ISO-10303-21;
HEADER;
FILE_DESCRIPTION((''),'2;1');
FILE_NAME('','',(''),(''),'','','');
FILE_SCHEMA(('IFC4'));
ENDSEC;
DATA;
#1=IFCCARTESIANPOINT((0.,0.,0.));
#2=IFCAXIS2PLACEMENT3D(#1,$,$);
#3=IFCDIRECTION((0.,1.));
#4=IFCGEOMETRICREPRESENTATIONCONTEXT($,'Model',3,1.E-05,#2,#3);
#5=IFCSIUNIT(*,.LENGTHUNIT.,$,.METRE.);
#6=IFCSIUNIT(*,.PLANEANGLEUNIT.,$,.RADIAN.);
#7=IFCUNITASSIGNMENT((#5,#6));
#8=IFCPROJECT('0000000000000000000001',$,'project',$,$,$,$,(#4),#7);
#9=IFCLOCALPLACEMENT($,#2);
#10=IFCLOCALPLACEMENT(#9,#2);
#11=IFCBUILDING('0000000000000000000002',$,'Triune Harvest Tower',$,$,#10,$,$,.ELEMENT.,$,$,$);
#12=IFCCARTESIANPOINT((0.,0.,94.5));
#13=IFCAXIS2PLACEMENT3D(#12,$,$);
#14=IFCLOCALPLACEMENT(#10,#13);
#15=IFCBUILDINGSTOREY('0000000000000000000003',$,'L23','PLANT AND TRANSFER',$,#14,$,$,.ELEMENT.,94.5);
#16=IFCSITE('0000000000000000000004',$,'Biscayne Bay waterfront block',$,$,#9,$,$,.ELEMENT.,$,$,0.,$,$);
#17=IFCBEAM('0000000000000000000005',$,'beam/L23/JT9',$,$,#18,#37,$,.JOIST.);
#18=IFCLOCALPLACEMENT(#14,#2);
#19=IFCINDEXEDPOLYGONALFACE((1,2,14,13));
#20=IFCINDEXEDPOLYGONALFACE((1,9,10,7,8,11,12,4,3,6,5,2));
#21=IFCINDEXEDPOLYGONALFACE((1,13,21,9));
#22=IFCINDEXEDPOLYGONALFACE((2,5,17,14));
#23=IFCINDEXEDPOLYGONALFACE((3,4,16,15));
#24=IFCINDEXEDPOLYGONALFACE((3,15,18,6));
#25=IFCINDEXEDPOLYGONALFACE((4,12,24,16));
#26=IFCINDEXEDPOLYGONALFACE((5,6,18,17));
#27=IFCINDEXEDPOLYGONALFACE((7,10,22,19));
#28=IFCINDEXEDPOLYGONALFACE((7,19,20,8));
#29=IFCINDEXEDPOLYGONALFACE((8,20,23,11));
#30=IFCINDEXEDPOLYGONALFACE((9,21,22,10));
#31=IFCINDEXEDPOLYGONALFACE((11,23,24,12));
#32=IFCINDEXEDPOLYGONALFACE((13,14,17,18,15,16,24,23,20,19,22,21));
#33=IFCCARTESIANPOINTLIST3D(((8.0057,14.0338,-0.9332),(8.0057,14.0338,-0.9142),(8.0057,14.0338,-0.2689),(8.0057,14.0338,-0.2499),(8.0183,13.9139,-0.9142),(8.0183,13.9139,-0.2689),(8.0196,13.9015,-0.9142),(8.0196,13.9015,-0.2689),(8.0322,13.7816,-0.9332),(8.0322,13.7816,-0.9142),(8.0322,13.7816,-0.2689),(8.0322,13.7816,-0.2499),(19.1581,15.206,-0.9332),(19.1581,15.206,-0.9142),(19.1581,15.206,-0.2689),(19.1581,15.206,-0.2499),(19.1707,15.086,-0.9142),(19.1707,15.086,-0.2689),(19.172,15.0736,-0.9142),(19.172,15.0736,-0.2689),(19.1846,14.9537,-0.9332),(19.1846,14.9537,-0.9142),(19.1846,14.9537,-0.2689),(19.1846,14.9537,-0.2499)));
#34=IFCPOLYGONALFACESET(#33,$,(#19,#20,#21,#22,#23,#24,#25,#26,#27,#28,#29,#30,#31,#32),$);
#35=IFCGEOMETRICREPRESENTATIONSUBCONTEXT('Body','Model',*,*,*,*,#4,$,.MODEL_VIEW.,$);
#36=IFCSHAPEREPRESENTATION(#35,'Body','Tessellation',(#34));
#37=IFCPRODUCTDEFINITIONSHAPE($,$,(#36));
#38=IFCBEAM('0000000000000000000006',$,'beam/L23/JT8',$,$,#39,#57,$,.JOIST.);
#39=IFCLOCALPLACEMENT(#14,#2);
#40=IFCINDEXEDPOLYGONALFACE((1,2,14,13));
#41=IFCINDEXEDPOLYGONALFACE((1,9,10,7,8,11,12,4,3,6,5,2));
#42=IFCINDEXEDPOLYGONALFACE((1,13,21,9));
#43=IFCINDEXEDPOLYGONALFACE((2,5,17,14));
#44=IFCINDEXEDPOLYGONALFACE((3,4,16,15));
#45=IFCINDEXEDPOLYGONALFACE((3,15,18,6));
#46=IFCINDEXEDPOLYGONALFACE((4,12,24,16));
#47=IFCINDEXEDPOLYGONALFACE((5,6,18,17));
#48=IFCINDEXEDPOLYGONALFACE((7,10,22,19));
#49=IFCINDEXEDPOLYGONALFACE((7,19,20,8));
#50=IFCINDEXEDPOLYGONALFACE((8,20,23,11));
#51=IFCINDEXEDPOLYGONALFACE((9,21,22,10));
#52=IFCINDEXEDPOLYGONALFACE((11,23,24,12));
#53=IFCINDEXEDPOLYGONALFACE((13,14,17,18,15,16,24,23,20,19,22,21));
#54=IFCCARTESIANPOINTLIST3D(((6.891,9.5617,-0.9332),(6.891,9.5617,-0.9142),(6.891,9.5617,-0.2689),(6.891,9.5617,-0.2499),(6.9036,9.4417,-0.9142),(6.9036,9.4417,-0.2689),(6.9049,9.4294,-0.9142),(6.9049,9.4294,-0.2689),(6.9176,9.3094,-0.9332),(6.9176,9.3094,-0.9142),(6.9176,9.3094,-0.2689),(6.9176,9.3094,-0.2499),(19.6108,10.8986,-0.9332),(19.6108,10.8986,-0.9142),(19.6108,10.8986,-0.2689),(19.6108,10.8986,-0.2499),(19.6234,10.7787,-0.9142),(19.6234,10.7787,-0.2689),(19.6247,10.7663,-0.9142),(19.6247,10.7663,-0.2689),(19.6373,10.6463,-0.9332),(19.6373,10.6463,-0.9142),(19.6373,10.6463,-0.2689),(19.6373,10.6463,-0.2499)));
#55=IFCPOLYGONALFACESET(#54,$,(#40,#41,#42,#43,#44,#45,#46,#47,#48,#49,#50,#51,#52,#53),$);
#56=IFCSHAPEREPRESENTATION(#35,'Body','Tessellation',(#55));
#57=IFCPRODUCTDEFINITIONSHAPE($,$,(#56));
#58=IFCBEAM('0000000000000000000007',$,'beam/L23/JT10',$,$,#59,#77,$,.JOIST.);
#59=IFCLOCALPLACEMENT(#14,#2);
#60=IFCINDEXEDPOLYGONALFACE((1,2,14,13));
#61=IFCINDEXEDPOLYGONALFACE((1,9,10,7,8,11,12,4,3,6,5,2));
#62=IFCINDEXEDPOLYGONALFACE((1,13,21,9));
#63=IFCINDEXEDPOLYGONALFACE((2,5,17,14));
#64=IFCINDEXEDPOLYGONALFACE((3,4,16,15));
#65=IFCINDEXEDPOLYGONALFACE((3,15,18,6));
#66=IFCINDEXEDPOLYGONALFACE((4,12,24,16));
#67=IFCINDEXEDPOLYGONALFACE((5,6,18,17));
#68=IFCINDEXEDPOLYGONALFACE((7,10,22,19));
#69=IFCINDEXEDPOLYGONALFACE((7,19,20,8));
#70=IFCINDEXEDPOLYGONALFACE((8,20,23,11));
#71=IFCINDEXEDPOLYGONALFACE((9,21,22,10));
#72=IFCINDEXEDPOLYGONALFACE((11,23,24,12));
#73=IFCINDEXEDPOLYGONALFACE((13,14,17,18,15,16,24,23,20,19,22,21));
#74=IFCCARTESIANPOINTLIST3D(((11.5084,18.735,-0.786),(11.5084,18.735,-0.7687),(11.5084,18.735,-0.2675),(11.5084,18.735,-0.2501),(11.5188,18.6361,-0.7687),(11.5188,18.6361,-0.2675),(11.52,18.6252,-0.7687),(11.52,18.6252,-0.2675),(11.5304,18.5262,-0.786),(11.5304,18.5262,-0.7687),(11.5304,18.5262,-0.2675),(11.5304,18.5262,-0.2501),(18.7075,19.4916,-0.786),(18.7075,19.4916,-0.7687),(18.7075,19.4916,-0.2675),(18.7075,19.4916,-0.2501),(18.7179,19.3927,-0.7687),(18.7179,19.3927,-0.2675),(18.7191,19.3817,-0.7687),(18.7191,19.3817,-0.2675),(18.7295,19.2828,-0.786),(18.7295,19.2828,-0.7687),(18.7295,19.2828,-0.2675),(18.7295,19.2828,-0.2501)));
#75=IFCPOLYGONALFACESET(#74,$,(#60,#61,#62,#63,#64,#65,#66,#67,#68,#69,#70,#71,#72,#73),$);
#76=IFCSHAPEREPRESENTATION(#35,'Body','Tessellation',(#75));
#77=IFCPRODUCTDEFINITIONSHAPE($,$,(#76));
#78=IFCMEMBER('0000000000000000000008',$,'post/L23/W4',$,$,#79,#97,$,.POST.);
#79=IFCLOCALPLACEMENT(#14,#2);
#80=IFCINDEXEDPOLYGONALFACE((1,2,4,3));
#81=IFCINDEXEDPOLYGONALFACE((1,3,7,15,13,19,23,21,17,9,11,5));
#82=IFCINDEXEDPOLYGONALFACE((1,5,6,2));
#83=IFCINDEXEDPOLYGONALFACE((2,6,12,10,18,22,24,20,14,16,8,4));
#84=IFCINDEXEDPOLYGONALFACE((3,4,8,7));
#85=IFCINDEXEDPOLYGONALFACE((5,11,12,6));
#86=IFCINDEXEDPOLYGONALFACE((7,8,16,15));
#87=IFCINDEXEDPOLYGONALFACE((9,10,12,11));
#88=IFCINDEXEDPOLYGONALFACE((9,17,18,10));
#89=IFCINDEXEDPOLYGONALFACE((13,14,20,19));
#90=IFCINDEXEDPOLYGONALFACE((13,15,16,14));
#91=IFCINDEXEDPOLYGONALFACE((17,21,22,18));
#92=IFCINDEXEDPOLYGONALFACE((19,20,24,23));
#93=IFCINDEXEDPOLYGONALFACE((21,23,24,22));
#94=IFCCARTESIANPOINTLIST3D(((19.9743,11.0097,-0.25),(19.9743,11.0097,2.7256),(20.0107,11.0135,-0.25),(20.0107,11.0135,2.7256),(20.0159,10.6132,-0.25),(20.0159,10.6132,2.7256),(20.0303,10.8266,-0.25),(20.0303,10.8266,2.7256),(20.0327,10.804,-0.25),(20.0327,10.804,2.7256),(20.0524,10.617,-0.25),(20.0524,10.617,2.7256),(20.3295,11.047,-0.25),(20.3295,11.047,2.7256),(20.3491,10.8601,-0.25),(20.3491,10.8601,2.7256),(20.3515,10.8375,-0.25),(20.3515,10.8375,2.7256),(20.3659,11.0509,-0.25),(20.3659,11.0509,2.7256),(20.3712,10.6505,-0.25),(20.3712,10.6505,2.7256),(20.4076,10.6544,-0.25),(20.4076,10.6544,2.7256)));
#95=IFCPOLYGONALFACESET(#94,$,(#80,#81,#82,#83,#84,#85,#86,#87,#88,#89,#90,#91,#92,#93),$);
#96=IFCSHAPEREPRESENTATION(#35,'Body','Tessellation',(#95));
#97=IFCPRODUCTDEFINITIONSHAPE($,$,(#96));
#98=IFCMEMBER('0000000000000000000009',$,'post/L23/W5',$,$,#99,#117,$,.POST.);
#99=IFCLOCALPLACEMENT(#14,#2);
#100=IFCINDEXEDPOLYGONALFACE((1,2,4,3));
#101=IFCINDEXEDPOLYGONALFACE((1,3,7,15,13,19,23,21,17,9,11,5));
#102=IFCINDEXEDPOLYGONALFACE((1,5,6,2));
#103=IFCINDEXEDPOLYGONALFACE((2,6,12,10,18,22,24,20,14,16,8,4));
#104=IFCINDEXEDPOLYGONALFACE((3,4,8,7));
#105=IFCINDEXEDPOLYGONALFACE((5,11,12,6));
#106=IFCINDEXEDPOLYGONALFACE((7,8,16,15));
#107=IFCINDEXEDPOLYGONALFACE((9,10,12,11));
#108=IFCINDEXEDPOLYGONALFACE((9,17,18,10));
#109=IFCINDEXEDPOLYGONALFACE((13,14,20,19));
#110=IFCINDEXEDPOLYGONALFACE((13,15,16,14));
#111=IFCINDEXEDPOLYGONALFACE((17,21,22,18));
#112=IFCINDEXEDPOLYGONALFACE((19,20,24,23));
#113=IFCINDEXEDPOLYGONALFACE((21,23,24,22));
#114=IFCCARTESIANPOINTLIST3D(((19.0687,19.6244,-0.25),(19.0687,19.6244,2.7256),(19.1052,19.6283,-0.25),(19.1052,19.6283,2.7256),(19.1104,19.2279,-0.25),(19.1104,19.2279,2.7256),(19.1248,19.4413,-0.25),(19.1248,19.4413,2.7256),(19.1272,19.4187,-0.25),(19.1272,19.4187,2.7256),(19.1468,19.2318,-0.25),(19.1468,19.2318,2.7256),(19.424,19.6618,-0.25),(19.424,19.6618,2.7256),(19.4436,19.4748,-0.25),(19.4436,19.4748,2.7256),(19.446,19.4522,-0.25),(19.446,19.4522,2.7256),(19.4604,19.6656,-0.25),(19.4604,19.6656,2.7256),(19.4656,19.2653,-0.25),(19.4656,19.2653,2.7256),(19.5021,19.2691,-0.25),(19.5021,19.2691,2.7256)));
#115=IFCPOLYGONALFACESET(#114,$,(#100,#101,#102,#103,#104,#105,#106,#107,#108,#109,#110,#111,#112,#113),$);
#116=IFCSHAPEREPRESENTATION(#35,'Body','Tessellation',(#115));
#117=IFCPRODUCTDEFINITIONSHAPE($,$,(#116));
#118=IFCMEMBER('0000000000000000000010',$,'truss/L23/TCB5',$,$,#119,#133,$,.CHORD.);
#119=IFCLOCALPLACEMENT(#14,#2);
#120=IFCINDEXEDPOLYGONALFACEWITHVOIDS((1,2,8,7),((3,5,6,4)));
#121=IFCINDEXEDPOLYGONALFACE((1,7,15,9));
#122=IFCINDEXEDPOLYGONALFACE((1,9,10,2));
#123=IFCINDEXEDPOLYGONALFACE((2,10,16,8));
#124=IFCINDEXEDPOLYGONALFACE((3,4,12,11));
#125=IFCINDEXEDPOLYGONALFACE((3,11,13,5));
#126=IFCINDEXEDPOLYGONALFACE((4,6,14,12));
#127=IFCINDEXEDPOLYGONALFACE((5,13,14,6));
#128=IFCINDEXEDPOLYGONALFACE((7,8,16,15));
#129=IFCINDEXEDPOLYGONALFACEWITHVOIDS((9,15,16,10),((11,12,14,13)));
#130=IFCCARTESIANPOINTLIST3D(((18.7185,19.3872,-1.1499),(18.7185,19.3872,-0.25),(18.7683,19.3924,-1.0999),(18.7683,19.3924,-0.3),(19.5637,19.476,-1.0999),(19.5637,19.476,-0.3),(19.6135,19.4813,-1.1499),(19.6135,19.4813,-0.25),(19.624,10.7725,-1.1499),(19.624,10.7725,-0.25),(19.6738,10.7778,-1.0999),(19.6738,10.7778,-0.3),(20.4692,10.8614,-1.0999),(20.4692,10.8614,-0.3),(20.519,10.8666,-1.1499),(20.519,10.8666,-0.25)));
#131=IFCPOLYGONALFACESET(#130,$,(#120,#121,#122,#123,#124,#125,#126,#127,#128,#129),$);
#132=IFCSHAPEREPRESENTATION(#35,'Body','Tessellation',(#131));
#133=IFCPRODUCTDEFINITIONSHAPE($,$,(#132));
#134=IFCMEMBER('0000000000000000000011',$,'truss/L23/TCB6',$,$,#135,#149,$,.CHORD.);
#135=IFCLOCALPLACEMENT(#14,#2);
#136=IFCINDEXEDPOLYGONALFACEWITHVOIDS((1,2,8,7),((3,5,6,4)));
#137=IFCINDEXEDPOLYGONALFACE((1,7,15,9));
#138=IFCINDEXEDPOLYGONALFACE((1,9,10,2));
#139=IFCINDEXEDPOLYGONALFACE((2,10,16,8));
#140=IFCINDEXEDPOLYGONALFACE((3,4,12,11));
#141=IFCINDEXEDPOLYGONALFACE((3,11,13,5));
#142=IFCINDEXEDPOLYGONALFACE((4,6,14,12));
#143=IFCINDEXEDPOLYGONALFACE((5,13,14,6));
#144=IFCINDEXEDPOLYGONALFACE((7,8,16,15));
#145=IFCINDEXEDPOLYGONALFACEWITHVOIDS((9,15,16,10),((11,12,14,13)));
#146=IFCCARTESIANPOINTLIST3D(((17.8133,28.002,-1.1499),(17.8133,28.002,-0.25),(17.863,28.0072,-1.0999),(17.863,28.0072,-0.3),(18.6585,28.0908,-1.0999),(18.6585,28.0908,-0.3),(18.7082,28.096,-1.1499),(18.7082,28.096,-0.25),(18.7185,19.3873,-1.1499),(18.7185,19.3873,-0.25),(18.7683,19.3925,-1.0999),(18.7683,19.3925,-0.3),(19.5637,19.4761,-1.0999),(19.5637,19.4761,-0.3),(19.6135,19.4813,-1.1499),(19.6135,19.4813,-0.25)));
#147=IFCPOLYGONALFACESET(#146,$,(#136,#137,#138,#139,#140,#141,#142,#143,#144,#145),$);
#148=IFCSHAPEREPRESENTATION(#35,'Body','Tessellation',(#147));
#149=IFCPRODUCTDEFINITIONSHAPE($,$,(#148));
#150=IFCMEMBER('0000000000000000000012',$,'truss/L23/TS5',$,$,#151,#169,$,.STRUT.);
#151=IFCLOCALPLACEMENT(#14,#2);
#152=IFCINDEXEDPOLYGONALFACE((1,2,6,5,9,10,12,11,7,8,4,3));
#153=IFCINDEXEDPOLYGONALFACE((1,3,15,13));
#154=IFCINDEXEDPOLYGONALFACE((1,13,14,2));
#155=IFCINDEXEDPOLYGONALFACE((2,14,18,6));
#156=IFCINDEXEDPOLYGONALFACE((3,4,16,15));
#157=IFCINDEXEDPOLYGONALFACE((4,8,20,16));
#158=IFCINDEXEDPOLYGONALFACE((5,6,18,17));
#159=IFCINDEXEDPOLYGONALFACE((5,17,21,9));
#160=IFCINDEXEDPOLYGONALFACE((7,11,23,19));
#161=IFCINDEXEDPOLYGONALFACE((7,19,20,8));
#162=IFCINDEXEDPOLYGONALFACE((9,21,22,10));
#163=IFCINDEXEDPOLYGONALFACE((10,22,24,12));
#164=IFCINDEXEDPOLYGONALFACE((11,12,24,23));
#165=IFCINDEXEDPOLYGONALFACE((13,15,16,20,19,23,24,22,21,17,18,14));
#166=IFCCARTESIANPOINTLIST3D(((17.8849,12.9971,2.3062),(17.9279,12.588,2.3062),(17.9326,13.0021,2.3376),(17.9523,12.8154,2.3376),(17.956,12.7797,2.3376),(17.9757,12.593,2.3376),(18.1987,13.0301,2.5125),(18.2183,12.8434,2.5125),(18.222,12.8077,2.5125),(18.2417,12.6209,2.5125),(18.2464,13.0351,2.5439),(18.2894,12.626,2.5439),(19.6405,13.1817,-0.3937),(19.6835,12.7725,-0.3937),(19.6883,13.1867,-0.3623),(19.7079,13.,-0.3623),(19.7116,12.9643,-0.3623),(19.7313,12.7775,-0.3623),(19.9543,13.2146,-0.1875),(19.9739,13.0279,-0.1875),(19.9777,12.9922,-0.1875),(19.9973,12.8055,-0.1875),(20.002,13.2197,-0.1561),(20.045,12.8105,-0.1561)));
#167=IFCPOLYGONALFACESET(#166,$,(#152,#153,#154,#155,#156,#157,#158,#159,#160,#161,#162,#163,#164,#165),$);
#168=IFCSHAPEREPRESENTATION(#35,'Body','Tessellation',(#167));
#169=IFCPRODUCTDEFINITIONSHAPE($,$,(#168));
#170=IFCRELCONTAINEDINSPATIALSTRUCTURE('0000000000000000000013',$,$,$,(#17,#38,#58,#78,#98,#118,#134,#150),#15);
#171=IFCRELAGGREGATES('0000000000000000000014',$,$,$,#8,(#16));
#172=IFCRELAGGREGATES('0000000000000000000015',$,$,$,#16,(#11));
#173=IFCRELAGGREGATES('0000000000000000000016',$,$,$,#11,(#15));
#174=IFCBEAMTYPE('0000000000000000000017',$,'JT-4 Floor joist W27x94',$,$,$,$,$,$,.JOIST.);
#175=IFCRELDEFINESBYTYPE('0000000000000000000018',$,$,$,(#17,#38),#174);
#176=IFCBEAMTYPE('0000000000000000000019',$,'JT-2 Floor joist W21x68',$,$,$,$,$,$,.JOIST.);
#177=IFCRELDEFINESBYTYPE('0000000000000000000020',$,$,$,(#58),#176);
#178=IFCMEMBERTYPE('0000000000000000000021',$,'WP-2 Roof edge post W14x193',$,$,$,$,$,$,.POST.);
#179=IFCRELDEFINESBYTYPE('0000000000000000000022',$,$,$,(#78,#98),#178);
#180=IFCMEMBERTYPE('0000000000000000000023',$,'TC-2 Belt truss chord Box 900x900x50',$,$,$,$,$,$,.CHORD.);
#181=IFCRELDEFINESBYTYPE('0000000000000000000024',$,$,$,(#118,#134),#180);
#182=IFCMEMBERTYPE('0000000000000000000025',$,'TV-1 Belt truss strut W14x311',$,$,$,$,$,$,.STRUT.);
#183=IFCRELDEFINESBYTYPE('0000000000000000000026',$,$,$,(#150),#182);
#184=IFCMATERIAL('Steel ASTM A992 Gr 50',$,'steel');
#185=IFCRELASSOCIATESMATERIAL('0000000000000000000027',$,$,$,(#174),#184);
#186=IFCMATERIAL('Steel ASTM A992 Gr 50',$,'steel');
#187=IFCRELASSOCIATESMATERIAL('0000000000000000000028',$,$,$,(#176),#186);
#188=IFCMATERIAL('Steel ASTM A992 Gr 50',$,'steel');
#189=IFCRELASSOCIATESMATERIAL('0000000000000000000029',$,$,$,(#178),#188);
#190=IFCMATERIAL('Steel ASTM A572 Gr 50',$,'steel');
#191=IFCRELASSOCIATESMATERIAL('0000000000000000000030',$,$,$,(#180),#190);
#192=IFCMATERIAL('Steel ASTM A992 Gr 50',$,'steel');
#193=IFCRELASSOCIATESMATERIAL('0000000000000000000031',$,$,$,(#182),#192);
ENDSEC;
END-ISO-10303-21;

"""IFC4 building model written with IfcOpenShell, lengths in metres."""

from ifc_helpers import new_model, si_unit, direction, frame, origin, origin_2d, place, context, subcontext, project, spatial, hollow_rectangle, i_section, extrude, source, transform, mapped, material, material_profile, profile_set, type_object, element, save


model = new_model("IFC4")

# Units and contexts
model_context = context("Model", 3, precision=1e-05, world=origin(), true_north=direction((0.0, 1.0)))
body_context = subcontext(model_context, "Body", "Model", "MODEL_VIEW")
ifc_project = project(units=[si_unit("LENGTHUNIT", "METRE"), si_unit("PLANEANGLEUNIT", "RADIAN")], contexts=[model_context])

# Site, building, storey
site_placement = place(None, origin())
site = spatial("IfcSite", under=ifc_project, at=site_placement, Name="Biscayne Bay waterfront block", CompositionType="ELEMENT", RefElevation=0.0)
building_placement = place(site_placement, origin())
building = spatial("IfcBuilding", under=site, at=building_placement, Name="Triune Harvest Tower", CompositionType="ELEMENT")
storey_placement = place(building_placement, frame((0.0, 0.0, 94.5)))
storey = spatial("IfcBuildingStorey", under=building, at=storey_placement, Name="L23", Description="PLANT AND TRANSFER", CompositionType="ELEMENT", Elevation=94.5)

# Beams
ifc_material_1 = material(Name="Steel ASTM A992 Gr 50", Category="steel")
ifc_material_profile_1 = material_profile(ifc_material_1, i_section(OverallWidth=0.2537, OverallDepth=0.6833, WebThickness=0.0125, FlangeThickness=0.019, at=origin_2d()), Name="W27x94")
ifc_profile_set_1 = profile_set([ifc_material_profile_1], Name="Steel ASTM A992 Gr 50")
beam_type_1 = type_object("IfcBeamType", Name="JT-4 Floor joist W27x94", PredefinedType="JOIST", material=ifc_profile_set_1)
beam_1_placement = place(storey_placement, frame((19.1714, 15.0798, -0.5916), z_axis=(-0.994522, -0.104525, 0.0), x_axis=(0.104525, -0.994522, 0.0)))
element("IfcBeam", 1, at=beam_1_placement, inside=storey, type_object=beam_type_1, Name="beam/L23/JT9", PredefinedType="JOIST", context=body_context, shape_type="SweptSolid", body=[
    extrude(i_section(OverallWidth=0.2537, OverallDepth=0.6833, WebThickness=0.0125, FlangeThickness=0.019, at=origin_2d()), origin(), (0.0, 0.0, 1.0), 11.2139),
])
shared_shape_1 = source(origin(), body_context, "Body", "SweptSolid", [
    extrude(i_section(OverallWidth=0.2537, OverallDepth=0.6833, WebThickness=0.0125, FlangeThickness=0.019, at=origin_2d()), origin(), (0.0, 0.0, 1.0), 12.7898),
])
beam_2_placement = place(storey_placement, frame((19.624, 10.7725, -0.5916), z_axis=(-0.994522, -0.10453, 0.0), x_axis=(0.10453, -0.994522, 0.0)))
element("IfcBeam", 2, at=beam_2_placement, inside=storey, type_object=beam_type_1, Name="beam/L23/JT8", PredefinedType="JOIST", context=body_context, shape_type="MappedRepresentation", body=[
    mapped(shared_shape_1, transform((0.0, 0.0, 0.0), scale=1.0)),
])
ifc_material_2 = material(Name="Steel ASTM A992 Gr 50", Category="steel")
ifc_material_profile_2 = material_profile(ifc_material_2, i_section(OverallWidth=0.21, OverallDepth=0.5359, WebThickness=0.011, FlangeThickness=0.0173, at=origin_2d()), Name="W21x68")
ifc_profile_set_2 = profile_set([ifc_material_profile_2], Name="Steel ASTM A992 Gr 50")
beam_type_2 = type_object("IfcBeamType", Name="JT-2 Floor joist W21x68", PredefinedType="JOIST", material=ifc_profile_set_2)
shared_shape_2 = source(origin(), body_context, "Body", "SweptSolid", [
    extrude(i_section(OverallWidth=0.21, OverallDepth=0.5359, WebThickness=0.011, FlangeThickness=0.0173, at=origin_2d()), origin(), (0.0, 0.0, 1.0), 7.2388),
])
beam_3_placement = place(storey_placement, frame((18.7185, 19.3872, -0.5181), z_axis=(-0.994523, -0.104518, 0.0), x_axis=(0.104518, -0.994523, 0.0)))
element("IfcBeam", 3, at=beam_3_placement, inside=storey, type_object=beam_type_2, Name="beam/L23/JT10", PredefinedType="JOIST", context=body_context, shape_type="MappedRepresentation", body=[
    mapped(shared_shape_2, transform((0.0, 0.0, 0.0), scale=1.0)),
])

# Members
ifc_material_3 = material(Name="Steel ASTM A992 Gr 50", Category="steel")
ifc_material_profile_3 = material_profile(ifc_material_3, i_section(OverallWidth=0.3987, OverallDepth=0.3938, WebThickness=0.0227, FlangeThickness=0.0366, at=origin_2d()), Name="W14x193")
ifc_profile_set_3 = profile_set([ifc_material_profile_3], Name="Steel ASTM A992 Gr 50")
member_type_1 = type_object("IfcMemberType", Name="WP-2 Roof edge post W14x193", PredefinedType="POST", material=ifc_profile_set_3)
shared_shape_3 = source(origin(), body_context, "Body", "SweptSolid", [
    extrude(i_section(OverallWidth=0.3987, OverallDepth=0.3938, WebThickness=0.0227, FlangeThickness=0.0366, at=origin_2d()), origin(), (0.0, 0.0, 1.0), 2.9756),
])
for number, where, z_axis, x_axis, name in (
    (4, (20.1909, 10.832, -0.25), (0.0, 0.0, 1.0), (-0.104527, 0.994522, 0.0), "post/L23/W4"),
    (5, (19.2854, 19.4468, -0.25), (0.0, 0.0, 1.0), (-0.104527, 0.994522, 0.0), "post/L23/W5"),
):
    element("IfcMember", number, at=place(storey_placement, frame(where, z_axis=z_axis, x_axis=x_axis)), inside=storey, type_object=member_type_1, Name=name, PredefinedType="POST", context=body_context, shape_type="MappedRepresentation", body=[
        mapped(shared_shape_3, transform((0.0, 0.0, 0.0), scale=1.0)),
    ])
ifc_material_4 = material(Name="Steel ASTM A572 Gr 50", Category="steel")
ifc_material_profile_4 = material_profile(ifc_material_4, hollow_rectangle(XDim=0.8999, YDim=0.8999, WallThickness=0.05, at=origin_2d()), Name="Box 900x900x50")
ifc_profile_set_4 = profile_set([ifc_material_profile_4], Name="Steel ASTM A572 Gr 50")
member_type_2 = type_object("IfcMemberType", Name="TC-2 Belt truss chord Box 900x900x50", PredefinedType="CHORD", material=ifc_profile_set_4)
shared_shape_4 = source(origin(), body_context, "Body", "SweptSolid", [
    extrude(hollow_rectangle(XDim=0.8999, YDim=0.8999, WallThickness=0.05, at=origin_2d()), origin(), (0.0, 0.0, 1.0), 8.6621),
])
for number, where, z_axis, x_axis, name in (
    (6, (20.0715, 10.8196, -0.7), (-0.104537, 0.994521, 0.0), (-0.994521, -0.104537, 0.0), "truss/L23/TCB5"),
    (7, (19.166, 19.4343, -0.7), (-0.104509, 0.994524, 0.0), (-0.994524, -0.104509, 0.0), "truss/L23/TCB6"),
):
    element("IfcMember", number, at=place(storey_placement, frame(where, z_axis=z_axis, x_axis=x_axis)), inside=storey, type_object=member_type_2, Name=name, PredefinedType="CHORD", context=body_context, shape_type="MappedRepresentation", body=[
        mapped(shared_shape_4, transform((0.0, 0.0, 0.0), scale=1.0)),
    ])
ifc_material_5 = material(Name="Steel ASTM A992 Gr 50", Category="steel")
ifc_material_profile_5 = material_profile(ifc_material_5, i_section(OverallWidth=0.4114, OverallDepth=0.4343, WebThickness=0.0359, FlangeThickness=0.0574, at=origin_2d()), Name="W14x311")
ifc_profile_set_5 = profile_set([ifc_material_profile_5], Name="Steel ASTM A992 Gr 50")
member_type_3 = type_object("IfcMemberType", Name="TV-1 Belt truss strut W14x311", PredefinedType="STRUT", material=ifc_profile_set_5)
shared_shape_5 = source(origin(), body_context, "Body", "SweptSolid", [
    extrude(i_section(OverallWidth=0.4114, OverallDepth=0.4343, WebThickness=0.0359, FlangeThickness=0.0574, at=origin_2d()), origin(), (0.0, 0.0, 1.0), 3.2258),
])
member_1_placement = place(storey_placement, frame((19.8428, 12.9961, -0.2749), z_axis=(-0.544237, -0.057216, 0.836978), x_axis=(0.104555, -0.994519, 0.0)))
element("IfcMember", 8, at=member_1_placement, inside=storey, type_object=member_type_3, Name="truss/L23/TS5", PredefinedType="STRUT", context=body_context, shape_type="MappedRepresentation", body=[
    mapped(shared_shape_5, transform((0.0, 0.0, 0.0), scale=1.0)),
])

save(model, "model.ifc")
